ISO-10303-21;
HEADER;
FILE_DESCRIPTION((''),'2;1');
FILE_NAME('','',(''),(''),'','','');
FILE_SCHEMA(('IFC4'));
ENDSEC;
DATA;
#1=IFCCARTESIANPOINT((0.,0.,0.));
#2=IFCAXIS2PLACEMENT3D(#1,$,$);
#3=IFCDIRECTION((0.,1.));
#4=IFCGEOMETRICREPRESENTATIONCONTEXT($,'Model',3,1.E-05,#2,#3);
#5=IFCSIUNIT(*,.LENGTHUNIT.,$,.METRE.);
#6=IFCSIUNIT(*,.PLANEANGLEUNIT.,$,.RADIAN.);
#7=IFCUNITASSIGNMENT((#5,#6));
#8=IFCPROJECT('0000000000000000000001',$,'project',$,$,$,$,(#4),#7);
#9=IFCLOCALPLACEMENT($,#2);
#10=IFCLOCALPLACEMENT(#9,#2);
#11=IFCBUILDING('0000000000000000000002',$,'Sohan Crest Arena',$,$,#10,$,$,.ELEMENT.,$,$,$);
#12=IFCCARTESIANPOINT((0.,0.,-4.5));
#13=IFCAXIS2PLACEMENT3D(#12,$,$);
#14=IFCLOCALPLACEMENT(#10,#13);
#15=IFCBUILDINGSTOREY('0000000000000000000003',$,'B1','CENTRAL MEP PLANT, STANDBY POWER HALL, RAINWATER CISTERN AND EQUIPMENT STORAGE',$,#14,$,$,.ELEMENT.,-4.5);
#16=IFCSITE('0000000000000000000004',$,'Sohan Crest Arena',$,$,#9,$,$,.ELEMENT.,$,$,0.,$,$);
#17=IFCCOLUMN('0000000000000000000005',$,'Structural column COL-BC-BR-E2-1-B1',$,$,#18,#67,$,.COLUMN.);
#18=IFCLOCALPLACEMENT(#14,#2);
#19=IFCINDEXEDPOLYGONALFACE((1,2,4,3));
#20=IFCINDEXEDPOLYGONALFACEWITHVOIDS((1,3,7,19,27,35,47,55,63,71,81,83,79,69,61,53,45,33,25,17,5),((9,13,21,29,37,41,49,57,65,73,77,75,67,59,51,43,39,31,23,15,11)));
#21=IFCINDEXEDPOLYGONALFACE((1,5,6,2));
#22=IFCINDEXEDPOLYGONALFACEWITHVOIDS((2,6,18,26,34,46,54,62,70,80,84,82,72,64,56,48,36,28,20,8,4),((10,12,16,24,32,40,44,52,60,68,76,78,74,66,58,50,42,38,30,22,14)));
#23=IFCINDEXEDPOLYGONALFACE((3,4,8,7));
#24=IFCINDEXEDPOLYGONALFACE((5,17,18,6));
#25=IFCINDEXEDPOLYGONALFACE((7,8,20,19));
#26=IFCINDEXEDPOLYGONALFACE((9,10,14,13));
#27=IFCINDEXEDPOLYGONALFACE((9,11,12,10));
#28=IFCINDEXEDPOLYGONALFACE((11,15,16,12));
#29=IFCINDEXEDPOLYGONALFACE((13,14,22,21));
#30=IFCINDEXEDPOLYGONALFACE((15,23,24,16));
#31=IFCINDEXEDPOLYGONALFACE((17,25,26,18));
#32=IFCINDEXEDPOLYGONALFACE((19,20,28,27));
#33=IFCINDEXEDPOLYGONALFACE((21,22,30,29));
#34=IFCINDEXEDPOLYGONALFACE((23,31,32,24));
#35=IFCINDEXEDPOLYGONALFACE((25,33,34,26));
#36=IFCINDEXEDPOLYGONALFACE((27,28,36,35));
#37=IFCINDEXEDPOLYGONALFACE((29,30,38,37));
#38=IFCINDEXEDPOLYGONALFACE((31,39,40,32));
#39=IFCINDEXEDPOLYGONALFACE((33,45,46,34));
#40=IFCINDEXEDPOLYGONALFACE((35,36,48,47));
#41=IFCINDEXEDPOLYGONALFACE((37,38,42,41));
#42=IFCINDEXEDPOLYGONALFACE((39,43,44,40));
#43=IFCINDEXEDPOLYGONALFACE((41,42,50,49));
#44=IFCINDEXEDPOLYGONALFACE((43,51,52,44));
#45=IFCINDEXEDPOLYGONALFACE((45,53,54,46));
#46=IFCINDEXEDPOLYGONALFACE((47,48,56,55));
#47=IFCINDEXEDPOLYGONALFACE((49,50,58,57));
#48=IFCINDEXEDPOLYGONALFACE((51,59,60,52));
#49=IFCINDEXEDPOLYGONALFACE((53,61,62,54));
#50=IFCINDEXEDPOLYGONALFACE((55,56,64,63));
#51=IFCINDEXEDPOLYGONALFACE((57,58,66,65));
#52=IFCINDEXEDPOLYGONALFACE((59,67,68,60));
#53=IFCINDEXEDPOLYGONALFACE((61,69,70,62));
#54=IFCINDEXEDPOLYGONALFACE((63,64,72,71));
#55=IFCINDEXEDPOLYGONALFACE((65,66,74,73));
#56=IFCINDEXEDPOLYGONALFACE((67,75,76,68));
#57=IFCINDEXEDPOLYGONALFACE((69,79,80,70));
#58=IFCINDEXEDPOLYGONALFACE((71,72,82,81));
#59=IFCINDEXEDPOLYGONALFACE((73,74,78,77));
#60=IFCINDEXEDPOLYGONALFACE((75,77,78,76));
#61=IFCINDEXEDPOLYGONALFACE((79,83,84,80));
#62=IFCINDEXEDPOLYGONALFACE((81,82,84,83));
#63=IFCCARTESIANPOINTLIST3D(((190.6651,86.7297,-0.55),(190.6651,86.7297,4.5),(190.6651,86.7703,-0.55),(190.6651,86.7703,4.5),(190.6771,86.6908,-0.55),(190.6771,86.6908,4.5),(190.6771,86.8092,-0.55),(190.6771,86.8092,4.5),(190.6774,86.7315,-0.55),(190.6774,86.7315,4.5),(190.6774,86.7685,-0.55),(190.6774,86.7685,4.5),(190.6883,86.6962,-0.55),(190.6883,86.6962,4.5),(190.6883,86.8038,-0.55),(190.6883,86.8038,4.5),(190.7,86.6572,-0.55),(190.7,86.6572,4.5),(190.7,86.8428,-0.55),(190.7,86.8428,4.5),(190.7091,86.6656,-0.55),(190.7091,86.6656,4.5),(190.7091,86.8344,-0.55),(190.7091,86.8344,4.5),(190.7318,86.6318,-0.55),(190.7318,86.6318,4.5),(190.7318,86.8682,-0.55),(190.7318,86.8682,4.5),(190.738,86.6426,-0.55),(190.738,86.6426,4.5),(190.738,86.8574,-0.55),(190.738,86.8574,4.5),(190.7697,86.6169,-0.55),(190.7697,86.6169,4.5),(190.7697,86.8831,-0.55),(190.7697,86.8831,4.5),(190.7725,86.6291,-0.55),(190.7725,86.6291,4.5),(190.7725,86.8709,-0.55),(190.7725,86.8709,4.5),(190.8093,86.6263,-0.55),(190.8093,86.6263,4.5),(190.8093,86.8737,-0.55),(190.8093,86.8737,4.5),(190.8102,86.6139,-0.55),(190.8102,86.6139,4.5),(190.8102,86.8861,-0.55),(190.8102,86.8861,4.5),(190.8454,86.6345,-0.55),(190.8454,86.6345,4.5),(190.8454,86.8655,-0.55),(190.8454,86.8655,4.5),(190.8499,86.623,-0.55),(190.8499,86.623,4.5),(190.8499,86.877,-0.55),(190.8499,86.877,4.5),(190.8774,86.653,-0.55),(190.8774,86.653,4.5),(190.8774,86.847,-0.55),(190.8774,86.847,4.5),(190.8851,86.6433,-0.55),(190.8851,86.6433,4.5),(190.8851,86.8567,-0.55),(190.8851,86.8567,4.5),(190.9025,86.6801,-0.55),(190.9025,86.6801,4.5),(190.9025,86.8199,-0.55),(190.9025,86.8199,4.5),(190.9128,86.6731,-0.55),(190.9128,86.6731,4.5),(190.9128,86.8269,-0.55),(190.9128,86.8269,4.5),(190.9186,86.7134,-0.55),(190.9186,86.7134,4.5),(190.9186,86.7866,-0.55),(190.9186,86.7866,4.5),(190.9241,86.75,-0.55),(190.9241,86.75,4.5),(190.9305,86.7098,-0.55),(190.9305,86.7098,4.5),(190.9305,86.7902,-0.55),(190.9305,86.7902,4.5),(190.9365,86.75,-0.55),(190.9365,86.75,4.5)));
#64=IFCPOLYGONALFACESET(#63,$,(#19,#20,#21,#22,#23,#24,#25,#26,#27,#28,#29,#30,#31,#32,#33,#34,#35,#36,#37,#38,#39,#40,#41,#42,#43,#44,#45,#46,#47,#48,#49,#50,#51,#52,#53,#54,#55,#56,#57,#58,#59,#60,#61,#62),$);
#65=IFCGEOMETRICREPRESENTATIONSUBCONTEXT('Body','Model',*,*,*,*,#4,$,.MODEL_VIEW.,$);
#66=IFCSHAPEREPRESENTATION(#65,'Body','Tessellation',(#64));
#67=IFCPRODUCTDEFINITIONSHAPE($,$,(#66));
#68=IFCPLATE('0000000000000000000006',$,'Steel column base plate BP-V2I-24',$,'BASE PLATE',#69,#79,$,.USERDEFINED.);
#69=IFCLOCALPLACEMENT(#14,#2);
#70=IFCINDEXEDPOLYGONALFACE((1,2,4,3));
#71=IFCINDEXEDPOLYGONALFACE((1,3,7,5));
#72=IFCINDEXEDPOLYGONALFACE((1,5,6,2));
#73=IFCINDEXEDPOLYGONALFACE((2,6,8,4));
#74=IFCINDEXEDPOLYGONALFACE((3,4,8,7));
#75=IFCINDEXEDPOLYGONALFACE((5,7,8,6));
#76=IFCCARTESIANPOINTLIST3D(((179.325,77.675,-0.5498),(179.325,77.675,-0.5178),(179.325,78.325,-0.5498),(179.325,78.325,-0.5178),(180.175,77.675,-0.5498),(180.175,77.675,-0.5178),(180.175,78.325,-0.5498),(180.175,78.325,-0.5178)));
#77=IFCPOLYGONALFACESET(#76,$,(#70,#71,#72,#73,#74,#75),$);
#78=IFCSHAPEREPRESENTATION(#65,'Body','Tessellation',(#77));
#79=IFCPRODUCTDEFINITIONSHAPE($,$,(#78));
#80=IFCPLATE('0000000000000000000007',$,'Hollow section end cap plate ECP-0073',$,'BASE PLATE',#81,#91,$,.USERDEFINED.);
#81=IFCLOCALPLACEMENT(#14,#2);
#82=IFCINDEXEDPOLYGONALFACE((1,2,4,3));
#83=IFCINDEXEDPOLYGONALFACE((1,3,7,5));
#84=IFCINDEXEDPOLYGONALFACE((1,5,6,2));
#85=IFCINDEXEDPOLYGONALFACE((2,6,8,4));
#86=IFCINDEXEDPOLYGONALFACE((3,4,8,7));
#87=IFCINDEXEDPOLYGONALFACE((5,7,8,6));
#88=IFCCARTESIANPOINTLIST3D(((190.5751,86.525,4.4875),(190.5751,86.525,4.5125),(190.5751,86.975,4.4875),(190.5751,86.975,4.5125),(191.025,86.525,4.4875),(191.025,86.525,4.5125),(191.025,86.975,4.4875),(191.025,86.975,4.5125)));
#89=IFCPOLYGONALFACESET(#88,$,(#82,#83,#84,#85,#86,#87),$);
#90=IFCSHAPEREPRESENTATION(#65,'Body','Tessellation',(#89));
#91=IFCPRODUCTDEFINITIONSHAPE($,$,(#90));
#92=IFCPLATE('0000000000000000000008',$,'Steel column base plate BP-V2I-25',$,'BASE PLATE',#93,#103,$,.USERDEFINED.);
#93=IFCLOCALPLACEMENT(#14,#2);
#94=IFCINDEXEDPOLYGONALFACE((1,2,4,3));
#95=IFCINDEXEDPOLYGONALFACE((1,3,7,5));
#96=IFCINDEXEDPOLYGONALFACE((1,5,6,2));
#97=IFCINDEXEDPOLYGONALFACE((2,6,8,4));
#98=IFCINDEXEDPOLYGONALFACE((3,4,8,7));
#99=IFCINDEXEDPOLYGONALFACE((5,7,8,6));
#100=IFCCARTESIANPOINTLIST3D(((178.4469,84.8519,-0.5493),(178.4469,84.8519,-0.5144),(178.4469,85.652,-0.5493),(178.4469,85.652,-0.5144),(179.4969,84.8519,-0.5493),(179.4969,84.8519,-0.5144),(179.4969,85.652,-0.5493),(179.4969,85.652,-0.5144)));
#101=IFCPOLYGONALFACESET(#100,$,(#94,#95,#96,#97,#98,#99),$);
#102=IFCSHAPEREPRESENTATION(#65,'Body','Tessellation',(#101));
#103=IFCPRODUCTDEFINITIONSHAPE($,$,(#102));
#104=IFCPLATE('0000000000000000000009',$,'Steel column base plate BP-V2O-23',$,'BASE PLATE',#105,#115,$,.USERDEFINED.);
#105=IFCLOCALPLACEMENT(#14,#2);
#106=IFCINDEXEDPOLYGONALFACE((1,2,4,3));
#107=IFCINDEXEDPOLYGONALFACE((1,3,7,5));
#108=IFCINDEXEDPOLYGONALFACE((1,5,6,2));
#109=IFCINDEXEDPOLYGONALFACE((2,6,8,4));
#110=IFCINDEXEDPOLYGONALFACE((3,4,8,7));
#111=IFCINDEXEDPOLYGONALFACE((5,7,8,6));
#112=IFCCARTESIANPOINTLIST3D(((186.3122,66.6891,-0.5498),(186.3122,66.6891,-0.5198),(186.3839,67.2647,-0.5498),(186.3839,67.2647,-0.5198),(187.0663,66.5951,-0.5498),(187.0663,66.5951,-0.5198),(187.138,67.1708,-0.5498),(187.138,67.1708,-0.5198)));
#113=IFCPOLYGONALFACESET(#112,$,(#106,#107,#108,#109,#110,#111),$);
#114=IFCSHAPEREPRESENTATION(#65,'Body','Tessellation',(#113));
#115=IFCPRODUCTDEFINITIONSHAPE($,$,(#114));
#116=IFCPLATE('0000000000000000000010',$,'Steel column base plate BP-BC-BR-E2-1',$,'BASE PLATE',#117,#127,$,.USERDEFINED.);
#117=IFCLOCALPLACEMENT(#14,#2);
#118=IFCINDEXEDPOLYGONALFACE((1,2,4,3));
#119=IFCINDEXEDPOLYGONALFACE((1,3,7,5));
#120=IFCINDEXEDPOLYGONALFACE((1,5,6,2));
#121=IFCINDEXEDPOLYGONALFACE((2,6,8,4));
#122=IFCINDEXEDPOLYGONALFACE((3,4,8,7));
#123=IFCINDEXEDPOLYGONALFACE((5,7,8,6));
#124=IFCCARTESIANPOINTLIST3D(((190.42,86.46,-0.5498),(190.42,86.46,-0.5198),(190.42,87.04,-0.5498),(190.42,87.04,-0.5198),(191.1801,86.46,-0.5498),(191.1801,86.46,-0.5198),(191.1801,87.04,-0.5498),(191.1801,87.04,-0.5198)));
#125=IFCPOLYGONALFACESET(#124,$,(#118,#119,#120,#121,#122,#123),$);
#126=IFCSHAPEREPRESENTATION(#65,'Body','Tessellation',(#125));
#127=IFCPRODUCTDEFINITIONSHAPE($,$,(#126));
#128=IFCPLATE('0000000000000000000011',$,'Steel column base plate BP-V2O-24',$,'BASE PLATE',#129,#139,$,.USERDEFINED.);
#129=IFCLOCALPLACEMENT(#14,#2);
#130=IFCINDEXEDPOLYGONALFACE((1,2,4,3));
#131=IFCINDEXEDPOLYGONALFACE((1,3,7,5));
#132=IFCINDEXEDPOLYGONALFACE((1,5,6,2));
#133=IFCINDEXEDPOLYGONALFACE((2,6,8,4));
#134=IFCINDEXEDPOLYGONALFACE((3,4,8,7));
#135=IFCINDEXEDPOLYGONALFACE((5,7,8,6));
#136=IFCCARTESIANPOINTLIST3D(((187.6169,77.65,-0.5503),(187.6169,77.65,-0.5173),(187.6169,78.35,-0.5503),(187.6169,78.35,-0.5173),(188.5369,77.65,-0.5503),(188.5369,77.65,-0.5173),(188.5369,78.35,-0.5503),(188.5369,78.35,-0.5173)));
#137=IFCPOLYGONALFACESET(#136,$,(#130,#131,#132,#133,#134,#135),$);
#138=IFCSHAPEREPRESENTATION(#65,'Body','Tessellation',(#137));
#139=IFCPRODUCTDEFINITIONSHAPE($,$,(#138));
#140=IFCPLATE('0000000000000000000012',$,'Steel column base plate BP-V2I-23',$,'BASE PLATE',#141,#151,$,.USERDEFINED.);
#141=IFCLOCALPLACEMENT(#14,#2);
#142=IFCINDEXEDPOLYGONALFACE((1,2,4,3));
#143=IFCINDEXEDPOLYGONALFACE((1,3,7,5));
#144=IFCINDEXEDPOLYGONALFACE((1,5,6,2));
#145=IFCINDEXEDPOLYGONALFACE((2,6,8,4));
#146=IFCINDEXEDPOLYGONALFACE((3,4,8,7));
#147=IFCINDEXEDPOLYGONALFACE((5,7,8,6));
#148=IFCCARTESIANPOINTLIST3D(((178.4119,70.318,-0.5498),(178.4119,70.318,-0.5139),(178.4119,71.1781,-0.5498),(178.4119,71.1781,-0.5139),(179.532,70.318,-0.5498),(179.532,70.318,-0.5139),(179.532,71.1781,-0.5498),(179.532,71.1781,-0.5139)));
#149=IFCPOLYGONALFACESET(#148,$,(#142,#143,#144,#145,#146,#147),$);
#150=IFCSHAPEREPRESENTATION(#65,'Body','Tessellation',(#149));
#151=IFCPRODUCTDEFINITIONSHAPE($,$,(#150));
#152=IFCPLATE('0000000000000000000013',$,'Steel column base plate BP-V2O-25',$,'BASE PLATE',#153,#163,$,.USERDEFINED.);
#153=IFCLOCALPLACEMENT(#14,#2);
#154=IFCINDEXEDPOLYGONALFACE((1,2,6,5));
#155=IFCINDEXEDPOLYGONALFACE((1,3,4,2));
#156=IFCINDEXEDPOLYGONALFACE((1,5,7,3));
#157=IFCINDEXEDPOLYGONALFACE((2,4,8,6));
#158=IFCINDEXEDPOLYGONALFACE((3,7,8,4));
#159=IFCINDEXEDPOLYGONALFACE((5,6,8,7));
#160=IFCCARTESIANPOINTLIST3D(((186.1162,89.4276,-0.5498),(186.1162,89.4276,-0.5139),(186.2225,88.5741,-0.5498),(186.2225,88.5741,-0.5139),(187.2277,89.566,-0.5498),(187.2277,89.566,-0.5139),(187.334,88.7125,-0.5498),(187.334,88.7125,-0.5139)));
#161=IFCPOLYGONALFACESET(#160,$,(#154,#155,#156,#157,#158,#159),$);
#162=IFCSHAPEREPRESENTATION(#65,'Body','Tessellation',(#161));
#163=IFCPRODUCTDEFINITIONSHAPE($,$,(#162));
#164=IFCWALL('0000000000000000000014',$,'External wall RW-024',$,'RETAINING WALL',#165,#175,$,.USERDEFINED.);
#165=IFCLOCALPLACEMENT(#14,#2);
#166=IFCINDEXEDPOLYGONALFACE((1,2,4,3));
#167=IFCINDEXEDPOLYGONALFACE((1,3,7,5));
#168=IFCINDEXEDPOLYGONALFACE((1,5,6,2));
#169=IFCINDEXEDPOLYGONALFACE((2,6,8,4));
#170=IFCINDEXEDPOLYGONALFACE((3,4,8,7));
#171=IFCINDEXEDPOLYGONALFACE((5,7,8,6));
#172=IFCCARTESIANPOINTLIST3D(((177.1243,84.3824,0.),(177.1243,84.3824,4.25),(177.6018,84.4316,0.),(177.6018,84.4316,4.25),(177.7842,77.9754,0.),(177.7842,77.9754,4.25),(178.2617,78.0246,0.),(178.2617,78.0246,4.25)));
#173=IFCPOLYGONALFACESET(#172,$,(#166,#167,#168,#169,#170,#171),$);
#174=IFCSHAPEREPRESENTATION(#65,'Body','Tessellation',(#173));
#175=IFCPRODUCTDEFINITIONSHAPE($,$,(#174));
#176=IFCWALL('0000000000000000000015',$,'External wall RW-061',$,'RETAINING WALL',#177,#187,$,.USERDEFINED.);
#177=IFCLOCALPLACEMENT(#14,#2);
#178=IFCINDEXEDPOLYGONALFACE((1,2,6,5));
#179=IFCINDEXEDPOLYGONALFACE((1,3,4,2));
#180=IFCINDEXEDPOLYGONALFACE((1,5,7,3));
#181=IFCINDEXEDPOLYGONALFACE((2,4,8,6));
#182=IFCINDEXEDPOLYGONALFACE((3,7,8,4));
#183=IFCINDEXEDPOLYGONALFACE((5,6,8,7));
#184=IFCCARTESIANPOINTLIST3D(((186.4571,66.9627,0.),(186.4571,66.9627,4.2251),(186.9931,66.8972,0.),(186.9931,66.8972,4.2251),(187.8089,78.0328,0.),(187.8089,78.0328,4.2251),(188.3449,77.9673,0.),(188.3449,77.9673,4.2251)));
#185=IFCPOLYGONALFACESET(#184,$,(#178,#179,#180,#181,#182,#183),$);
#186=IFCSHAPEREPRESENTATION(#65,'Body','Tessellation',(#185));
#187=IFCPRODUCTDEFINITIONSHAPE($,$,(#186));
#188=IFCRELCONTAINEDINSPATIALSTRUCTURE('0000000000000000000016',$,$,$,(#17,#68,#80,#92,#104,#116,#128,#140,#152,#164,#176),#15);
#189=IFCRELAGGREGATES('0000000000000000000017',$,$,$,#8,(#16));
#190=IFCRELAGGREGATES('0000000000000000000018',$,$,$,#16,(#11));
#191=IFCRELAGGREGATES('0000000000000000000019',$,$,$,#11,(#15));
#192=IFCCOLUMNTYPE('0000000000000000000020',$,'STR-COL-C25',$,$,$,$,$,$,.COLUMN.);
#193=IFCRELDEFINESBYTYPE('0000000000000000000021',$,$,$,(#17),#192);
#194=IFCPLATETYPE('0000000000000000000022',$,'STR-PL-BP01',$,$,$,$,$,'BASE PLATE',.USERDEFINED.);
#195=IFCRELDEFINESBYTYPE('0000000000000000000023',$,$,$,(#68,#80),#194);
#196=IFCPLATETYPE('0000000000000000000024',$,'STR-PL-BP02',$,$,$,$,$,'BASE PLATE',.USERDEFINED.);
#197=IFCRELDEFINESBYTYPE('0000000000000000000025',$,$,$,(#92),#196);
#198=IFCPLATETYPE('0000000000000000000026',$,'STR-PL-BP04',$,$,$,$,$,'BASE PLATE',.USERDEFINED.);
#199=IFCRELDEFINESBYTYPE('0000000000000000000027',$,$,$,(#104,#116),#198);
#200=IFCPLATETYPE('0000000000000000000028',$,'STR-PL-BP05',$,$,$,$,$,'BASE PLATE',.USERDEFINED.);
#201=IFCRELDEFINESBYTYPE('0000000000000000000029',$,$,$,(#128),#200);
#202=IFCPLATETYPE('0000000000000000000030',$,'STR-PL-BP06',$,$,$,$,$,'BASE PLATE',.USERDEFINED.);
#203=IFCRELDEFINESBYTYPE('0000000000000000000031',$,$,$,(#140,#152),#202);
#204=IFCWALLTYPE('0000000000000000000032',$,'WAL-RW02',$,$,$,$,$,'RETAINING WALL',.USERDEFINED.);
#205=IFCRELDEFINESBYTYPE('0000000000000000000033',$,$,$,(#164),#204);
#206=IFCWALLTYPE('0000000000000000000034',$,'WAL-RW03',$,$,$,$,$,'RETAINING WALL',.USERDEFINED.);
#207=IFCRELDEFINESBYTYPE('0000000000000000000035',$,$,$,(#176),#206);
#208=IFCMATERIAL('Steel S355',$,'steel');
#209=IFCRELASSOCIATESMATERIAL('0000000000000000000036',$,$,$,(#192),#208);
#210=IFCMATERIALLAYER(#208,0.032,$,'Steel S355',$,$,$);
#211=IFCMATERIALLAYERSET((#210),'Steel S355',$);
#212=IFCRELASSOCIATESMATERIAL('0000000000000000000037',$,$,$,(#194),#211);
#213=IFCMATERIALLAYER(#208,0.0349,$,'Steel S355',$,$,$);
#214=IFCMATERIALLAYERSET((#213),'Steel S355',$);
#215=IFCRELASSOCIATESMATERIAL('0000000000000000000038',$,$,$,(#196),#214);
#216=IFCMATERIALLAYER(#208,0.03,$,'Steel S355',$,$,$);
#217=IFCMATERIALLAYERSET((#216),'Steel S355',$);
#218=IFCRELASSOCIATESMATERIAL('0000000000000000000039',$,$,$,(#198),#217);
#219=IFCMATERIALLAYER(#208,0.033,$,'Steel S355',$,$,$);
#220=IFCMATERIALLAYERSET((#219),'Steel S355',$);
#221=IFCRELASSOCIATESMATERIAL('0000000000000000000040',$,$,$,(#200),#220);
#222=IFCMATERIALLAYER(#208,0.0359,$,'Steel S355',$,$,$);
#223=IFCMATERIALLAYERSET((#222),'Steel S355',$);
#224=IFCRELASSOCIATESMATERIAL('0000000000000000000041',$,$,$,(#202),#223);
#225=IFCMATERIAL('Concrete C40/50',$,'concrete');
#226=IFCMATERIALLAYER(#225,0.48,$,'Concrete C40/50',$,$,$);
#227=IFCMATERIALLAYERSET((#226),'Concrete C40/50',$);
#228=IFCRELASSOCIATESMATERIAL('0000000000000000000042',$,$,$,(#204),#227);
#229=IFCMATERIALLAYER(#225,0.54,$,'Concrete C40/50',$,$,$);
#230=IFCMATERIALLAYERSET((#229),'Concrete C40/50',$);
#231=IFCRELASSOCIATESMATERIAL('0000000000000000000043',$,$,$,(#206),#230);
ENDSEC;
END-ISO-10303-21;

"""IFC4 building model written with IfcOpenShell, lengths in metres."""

from ifc_helpers import new_model, si_unit, direction, frame, frame_2d, origin, origin_2d, place, context, subcontext, project, spatial, rectangle, hollow_circle, extrude, material, layer, layer_set, material_profile, profile_set, type_object, element, save


model = new_model("IFC4")

# Units and contexts
model_context = context("Model", 3, precision=1e-05, world=origin(), true_north=direction((0.0, 1.0)))
body_context = subcontext(model_context, "Body", "Model", "MODEL_VIEW")
ifc_project = project(units=[si_unit("LENGTHUNIT", "METRE"), si_unit("PLANEANGLEUNIT", "RADIAN")], contexts=[model_context])

# Site, building, storey
site_placement = place(None, origin())
site = spatial("IfcSite", under=ifc_project, at=site_placement, Name="Sohan Crest Arena", CompositionType="ELEMENT", RefElevation=0.0)
building_placement = place(site_placement, origin())
building = spatial("IfcBuilding", under=site, at=building_placement, Name="Sohan Crest Arena", CompositionType="ELEMENT")
storey_placement = place(building_placement, frame((0.0, 0.0, -4.5)))
storey = spatial("IfcBuildingStorey", under=building, at=storey_placement, Name="B1", Description="CENTRAL MEP PLANT, STANDBY POWER HALL, RAINWATER CISTERN AND EQUIPMENT STORAGE", CompositionType="ELEMENT", Elevation=-4.5)

# Shared definitions
ifc_material_1 = material(Name="Concrete C40/50", Category="concrete")

# Column
ifc_material_2 = material(Name="Steel S355", Category="steel")
ifc_material_profile_1 = material_profile(ifc_material_2, hollow_circle(Radius=0.1365, WallThickness=0.0125, at=origin_2d()), Name="CHS 273x12.5")
ifc_profile_set_1 = profile_set([ifc_material_profile_1], Name="Steel S355")
column_type_1 = type_object("IfcColumnType", Name="STR-COL-C25", PredefinedType="COLUMN", material=ifc_profile_set_1)
column_1_placement = place(storey_placement, frame((190.8, 86.75, -0.55), z_axis=(0.0, 0.0, 1.0), x_axis=(1.0, 0.0, 0.0)))
element("IfcColumn", 1, at=column_1_placement, inside=storey, type_object=column_type_1, Name="Structural column COL-BC-BR-E2-1-B1", PredefinedType="COLUMN", context=body_context, shape_type="SweptSolid", body=[
    extrude(hollow_circle(Radius=0.1365, WallThickness=0.0125, at=origin_2d()), origin(), (0.0, 0.0, 1.0), 5.05),
])

# Plates
ifc_layer_1 = layer(ifc_material_2, 0.032, Name="Steel S355")
ifc_layer_set_1 = layer_set([ifc_layer_1], Name="Steel S355")
plate_type_1 = type_object("IfcPlateType", Name="STR-PL-BP01", ElementType="BASE PLATE", PredefinedType="USERDEFINED", material=ifc_layer_set_1)
plate_1_placement = place(storey_placement, frame((179.75, 78.0, -0.5498), z_axis=(0.0, 0.0, 1.0), x_axis=(1.0, 0.0, 0.0)))
element("IfcPlate", 2, at=plate_1_placement, inside=storey, type_object=plate_type_1, Name="Steel column base plate BP-V2I-24", ObjectType="BASE PLATE", PredefinedType="USERDEFINED", context=body_context, shape_type="SweptSolid", body=[
    extrude(rectangle(XDim=0.8501, YDim=0.6499, at=origin_2d()), origin(), (0.0, 0.0, 1.0), 0.032),
])
plate_2_placement = place(storey_placement, frame((190.8, 86.75, 4.4875), z_axis=(0.0, 0.0, 1.0), x_axis=(1.0, 0.0, 0.0)))
element("IfcPlate", 3, at=plate_2_placement, inside=storey, type_object=plate_type_1, Name="Hollow section end cap plate ECP-0073", ObjectType="BASE PLATE", PredefinedType="USERDEFINED", context=body_context, shape_type="SweptSolid", body=[
    extrude(rectangle(XDim=0.45, YDim=0.45, at=origin_2d()), origin(), (0.0, 0.0, 1.0), 0.0249),
])
ifc_layer_2 = layer(ifc_material_2, 0.0349, Name="Steel S355")
ifc_layer_set_2 = layer_set([ifc_layer_2], Name="Steel S355")
plate_type_2 = type_object("IfcPlateType", Name="STR-PL-BP02", ElementType="BASE PLATE", PredefinedType="USERDEFINED", material=ifc_layer_set_2)
plate_3_placement = place(storey_placement, frame((178.9719, 85.252, -0.5493), z_axis=(0.0, 0.0, 1.0), x_axis=(1.0, 0.0, 0.0)))
element("IfcPlate", 4, at=plate_3_placement, inside=storey, type_object=plate_type_2, Name="Steel column base plate BP-V2I-25", ObjectType="BASE PLATE", PredefinedType="USERDEFINED", context=body_context, shape_type="SweptSolid", body=[
    extrude(rectangle(XDim=1.05, YDim=0.8, at=origin_2d()), origin(), (0.0, 0.0, 1.0), 0.0349),
])
ifc_layer_3 = layer(ifc_material_2, 0.03, Name="Steel S355")
ifc_layer_set_3 = layer_set([ifc_layer_3], Name="Steel S355")
plate_type_3 = type_object("IfcPlateType", Name="STR-PL-BP04", ElementType="BASE PLATE", PredefinedType="USERDEFINED", material=ifc_layer_set_3)
for number, where, z_axis, x_axis, name in (
    (5, (186.7251, 66.9299, -0.5498), (0.0, 0.0, 1.0), (-0.992332, 0.123601, 0.0), "Steel column base plate BP-V2O-23"),
    (6, (190.8, 86.75, -0.5498), (0.0, 0.0, 1.0), (1.0, 0.0, 0.0), "Steel column base plate BP-BC-BR-E2-1"),
):
    element("IfcPlate", number, at=place(storey_placement, frame(where, z_axis=z_axis, x_axis=x_axis)), inside=storey, type_object=plate_type_3, Name=name, ObjectType="BASE PLATE", PredefinedType="USERDEFINED", context=body_context, shape_type="SweptSolid", body=[
        extrude(rectangle(XDim=0.76, YDim=0.5801, at=origin_2d()), origin(), (0.0, 0.0, 1.0), 0.03),
    ])
ifc_layer_4 = layer(ifc_material_2, 0.033, Name="Steel S355")
ifc_layer_set_4 = layer_set([ifc_layer_4], Name="Steel S355")
plate_type_4 = type_object("IfcPlateType", Name="STR-PL-BP05", ElementType="BASE PLATE", PredefinedType="USERDEFINED", material=ifc_layer_set_4)
plate_4_placement = place(storey_placement, frame((188.0769, 78.0, -0.5503), z_axis=(0.0, 0.0, 1.0), x_axis=(1.0, 0.0, 0.0)))
element("IfcPlate", 7, at=plate_4_placement, inside=storey, type_object=plate_type_4, Name="Steel column base plate BP-V2O-24", ObjectType="BASE PLATE", PredefinedType="USERDEFINED", context=body_context, shape_type="SweptSolid", body=[
    extrude(rectangle(XDim=0.9199, YDim=0.7, at=origin_2d()), origin(), (0.0, 0.0, 1.0), 0.033),
])
ifc_layer_5 = layer(ifc_material_2, 0.0359, Name="Steel S355")
ifc_layer_set_5 = layer_set([ifc_layer_5], Name="Steel S355")
plate_type_5 = type_object("IfcPlateType", Name="STR-PL-BP06", ElementType="BASE PLATE", PredefinedType="USERDEFINED", material=ifc_layer_set_5)
for number, where, z_axis, x_axis, name in (
    (8, (178.9719, 70.748, -0.5498), (0.0, 0.0, 1.0), (1.0, 0.0, 0.0), "Steel column base plate BP-V2I-23"),
    (9, (186.7251, 89.0701, -0.5498), (0.0, 0.0, 1.0), (0.992332, 0.123601, 0.0), "Steel column base plate BP-V2O-25"),
):
    element("IfcPlate", number, at=place(storey_placement, frame(where, z_axis=z_axis, x_axis=x_axis)), inside=storey, type_object=plate_type_5, Name=name, ObjectType="BASE PLATE", PredefinedType="USERDEFINED", context=body_context, shape_type="SweptSolid", body=[
        extrude(rectangle(XDim=1.1201, YDim=0.8601, at=origin_2d()), origin(), (0.0, 0.0, 1.0), 0.0359),
    ])

# Walls
ifc_layer_6 = layer(ifc_material_1, 0.48, Name="Concrete C40/50")
ifc_layer_set_6 = layer_set([ifc_layer_6], Name="Concrete C40/50")
wall_type_1 = type_object("IfcWallType", Name="WAL-RW02", ElementType="RETAINING WALL", PredefinedType="USERDEFINED", material=ifc_layer_set_6)
wall_1_placement = place(storey_placement, frame((178.0229, 78.0, 0.0), z_axis=(0.0, 0.0, 1.0), x_axis=(-0.102457, 0.994737, 0.0)))
element("IfcWall", 10, at=wall_1_placement, inside=storey, type_object=wall_type_1, Name="External wall RW-024", ObjectType="RETAINING WALL", PredefinedType="USERDEFINED", context=body_context, shape_type="SweptSolid", body=[
    extrude(rectangle(XDim=6.4409, YDim=0.48, at=frame_2d((3.2205, 0.0))), origin(), (0.0, 0.0, 1.0), 4.25),
])
ifc_layer_7 = layer(ifc_material_1, 0.54, Name="Concrete C40/50")
ifc_layer_set_7 = layer_set([ifc_layer_7], Name="Concrete C40/50")
wall_type_2 = type_object("IfcWallType", Name="WAL-RW03", ElementType="RETAINING WALL", PredefinedType="USERDEFINED", material=ifc_layer_set_7)
for number, where, z_axis, x_axis, name in (
    (11, (186.7251, 66.9299, 0.0), (0.0, 0.0, 1.0), (0.121213, 0.992626, 0.0), "External wall RW-061"),
):
    element("IfcWall", number, at=place(storey_placement, frame(where, z_axis=z_axis, x_axis=x_axis)), inside=storey, type_object=wall_type_2, Name=name, ObjectType="RETAINING WALL", PredefinedType="USERDEFINED", context=body_context, shape_type="SweptSolid", body=[
        extrude(rectangle(XDim=11.1523, YDim=0.54, at=frame_2d((5.5762, 0.0))), origin(), (0.0, 0.0, 1.0), 4.2251),
    ])

save(model, "model.ifc")
